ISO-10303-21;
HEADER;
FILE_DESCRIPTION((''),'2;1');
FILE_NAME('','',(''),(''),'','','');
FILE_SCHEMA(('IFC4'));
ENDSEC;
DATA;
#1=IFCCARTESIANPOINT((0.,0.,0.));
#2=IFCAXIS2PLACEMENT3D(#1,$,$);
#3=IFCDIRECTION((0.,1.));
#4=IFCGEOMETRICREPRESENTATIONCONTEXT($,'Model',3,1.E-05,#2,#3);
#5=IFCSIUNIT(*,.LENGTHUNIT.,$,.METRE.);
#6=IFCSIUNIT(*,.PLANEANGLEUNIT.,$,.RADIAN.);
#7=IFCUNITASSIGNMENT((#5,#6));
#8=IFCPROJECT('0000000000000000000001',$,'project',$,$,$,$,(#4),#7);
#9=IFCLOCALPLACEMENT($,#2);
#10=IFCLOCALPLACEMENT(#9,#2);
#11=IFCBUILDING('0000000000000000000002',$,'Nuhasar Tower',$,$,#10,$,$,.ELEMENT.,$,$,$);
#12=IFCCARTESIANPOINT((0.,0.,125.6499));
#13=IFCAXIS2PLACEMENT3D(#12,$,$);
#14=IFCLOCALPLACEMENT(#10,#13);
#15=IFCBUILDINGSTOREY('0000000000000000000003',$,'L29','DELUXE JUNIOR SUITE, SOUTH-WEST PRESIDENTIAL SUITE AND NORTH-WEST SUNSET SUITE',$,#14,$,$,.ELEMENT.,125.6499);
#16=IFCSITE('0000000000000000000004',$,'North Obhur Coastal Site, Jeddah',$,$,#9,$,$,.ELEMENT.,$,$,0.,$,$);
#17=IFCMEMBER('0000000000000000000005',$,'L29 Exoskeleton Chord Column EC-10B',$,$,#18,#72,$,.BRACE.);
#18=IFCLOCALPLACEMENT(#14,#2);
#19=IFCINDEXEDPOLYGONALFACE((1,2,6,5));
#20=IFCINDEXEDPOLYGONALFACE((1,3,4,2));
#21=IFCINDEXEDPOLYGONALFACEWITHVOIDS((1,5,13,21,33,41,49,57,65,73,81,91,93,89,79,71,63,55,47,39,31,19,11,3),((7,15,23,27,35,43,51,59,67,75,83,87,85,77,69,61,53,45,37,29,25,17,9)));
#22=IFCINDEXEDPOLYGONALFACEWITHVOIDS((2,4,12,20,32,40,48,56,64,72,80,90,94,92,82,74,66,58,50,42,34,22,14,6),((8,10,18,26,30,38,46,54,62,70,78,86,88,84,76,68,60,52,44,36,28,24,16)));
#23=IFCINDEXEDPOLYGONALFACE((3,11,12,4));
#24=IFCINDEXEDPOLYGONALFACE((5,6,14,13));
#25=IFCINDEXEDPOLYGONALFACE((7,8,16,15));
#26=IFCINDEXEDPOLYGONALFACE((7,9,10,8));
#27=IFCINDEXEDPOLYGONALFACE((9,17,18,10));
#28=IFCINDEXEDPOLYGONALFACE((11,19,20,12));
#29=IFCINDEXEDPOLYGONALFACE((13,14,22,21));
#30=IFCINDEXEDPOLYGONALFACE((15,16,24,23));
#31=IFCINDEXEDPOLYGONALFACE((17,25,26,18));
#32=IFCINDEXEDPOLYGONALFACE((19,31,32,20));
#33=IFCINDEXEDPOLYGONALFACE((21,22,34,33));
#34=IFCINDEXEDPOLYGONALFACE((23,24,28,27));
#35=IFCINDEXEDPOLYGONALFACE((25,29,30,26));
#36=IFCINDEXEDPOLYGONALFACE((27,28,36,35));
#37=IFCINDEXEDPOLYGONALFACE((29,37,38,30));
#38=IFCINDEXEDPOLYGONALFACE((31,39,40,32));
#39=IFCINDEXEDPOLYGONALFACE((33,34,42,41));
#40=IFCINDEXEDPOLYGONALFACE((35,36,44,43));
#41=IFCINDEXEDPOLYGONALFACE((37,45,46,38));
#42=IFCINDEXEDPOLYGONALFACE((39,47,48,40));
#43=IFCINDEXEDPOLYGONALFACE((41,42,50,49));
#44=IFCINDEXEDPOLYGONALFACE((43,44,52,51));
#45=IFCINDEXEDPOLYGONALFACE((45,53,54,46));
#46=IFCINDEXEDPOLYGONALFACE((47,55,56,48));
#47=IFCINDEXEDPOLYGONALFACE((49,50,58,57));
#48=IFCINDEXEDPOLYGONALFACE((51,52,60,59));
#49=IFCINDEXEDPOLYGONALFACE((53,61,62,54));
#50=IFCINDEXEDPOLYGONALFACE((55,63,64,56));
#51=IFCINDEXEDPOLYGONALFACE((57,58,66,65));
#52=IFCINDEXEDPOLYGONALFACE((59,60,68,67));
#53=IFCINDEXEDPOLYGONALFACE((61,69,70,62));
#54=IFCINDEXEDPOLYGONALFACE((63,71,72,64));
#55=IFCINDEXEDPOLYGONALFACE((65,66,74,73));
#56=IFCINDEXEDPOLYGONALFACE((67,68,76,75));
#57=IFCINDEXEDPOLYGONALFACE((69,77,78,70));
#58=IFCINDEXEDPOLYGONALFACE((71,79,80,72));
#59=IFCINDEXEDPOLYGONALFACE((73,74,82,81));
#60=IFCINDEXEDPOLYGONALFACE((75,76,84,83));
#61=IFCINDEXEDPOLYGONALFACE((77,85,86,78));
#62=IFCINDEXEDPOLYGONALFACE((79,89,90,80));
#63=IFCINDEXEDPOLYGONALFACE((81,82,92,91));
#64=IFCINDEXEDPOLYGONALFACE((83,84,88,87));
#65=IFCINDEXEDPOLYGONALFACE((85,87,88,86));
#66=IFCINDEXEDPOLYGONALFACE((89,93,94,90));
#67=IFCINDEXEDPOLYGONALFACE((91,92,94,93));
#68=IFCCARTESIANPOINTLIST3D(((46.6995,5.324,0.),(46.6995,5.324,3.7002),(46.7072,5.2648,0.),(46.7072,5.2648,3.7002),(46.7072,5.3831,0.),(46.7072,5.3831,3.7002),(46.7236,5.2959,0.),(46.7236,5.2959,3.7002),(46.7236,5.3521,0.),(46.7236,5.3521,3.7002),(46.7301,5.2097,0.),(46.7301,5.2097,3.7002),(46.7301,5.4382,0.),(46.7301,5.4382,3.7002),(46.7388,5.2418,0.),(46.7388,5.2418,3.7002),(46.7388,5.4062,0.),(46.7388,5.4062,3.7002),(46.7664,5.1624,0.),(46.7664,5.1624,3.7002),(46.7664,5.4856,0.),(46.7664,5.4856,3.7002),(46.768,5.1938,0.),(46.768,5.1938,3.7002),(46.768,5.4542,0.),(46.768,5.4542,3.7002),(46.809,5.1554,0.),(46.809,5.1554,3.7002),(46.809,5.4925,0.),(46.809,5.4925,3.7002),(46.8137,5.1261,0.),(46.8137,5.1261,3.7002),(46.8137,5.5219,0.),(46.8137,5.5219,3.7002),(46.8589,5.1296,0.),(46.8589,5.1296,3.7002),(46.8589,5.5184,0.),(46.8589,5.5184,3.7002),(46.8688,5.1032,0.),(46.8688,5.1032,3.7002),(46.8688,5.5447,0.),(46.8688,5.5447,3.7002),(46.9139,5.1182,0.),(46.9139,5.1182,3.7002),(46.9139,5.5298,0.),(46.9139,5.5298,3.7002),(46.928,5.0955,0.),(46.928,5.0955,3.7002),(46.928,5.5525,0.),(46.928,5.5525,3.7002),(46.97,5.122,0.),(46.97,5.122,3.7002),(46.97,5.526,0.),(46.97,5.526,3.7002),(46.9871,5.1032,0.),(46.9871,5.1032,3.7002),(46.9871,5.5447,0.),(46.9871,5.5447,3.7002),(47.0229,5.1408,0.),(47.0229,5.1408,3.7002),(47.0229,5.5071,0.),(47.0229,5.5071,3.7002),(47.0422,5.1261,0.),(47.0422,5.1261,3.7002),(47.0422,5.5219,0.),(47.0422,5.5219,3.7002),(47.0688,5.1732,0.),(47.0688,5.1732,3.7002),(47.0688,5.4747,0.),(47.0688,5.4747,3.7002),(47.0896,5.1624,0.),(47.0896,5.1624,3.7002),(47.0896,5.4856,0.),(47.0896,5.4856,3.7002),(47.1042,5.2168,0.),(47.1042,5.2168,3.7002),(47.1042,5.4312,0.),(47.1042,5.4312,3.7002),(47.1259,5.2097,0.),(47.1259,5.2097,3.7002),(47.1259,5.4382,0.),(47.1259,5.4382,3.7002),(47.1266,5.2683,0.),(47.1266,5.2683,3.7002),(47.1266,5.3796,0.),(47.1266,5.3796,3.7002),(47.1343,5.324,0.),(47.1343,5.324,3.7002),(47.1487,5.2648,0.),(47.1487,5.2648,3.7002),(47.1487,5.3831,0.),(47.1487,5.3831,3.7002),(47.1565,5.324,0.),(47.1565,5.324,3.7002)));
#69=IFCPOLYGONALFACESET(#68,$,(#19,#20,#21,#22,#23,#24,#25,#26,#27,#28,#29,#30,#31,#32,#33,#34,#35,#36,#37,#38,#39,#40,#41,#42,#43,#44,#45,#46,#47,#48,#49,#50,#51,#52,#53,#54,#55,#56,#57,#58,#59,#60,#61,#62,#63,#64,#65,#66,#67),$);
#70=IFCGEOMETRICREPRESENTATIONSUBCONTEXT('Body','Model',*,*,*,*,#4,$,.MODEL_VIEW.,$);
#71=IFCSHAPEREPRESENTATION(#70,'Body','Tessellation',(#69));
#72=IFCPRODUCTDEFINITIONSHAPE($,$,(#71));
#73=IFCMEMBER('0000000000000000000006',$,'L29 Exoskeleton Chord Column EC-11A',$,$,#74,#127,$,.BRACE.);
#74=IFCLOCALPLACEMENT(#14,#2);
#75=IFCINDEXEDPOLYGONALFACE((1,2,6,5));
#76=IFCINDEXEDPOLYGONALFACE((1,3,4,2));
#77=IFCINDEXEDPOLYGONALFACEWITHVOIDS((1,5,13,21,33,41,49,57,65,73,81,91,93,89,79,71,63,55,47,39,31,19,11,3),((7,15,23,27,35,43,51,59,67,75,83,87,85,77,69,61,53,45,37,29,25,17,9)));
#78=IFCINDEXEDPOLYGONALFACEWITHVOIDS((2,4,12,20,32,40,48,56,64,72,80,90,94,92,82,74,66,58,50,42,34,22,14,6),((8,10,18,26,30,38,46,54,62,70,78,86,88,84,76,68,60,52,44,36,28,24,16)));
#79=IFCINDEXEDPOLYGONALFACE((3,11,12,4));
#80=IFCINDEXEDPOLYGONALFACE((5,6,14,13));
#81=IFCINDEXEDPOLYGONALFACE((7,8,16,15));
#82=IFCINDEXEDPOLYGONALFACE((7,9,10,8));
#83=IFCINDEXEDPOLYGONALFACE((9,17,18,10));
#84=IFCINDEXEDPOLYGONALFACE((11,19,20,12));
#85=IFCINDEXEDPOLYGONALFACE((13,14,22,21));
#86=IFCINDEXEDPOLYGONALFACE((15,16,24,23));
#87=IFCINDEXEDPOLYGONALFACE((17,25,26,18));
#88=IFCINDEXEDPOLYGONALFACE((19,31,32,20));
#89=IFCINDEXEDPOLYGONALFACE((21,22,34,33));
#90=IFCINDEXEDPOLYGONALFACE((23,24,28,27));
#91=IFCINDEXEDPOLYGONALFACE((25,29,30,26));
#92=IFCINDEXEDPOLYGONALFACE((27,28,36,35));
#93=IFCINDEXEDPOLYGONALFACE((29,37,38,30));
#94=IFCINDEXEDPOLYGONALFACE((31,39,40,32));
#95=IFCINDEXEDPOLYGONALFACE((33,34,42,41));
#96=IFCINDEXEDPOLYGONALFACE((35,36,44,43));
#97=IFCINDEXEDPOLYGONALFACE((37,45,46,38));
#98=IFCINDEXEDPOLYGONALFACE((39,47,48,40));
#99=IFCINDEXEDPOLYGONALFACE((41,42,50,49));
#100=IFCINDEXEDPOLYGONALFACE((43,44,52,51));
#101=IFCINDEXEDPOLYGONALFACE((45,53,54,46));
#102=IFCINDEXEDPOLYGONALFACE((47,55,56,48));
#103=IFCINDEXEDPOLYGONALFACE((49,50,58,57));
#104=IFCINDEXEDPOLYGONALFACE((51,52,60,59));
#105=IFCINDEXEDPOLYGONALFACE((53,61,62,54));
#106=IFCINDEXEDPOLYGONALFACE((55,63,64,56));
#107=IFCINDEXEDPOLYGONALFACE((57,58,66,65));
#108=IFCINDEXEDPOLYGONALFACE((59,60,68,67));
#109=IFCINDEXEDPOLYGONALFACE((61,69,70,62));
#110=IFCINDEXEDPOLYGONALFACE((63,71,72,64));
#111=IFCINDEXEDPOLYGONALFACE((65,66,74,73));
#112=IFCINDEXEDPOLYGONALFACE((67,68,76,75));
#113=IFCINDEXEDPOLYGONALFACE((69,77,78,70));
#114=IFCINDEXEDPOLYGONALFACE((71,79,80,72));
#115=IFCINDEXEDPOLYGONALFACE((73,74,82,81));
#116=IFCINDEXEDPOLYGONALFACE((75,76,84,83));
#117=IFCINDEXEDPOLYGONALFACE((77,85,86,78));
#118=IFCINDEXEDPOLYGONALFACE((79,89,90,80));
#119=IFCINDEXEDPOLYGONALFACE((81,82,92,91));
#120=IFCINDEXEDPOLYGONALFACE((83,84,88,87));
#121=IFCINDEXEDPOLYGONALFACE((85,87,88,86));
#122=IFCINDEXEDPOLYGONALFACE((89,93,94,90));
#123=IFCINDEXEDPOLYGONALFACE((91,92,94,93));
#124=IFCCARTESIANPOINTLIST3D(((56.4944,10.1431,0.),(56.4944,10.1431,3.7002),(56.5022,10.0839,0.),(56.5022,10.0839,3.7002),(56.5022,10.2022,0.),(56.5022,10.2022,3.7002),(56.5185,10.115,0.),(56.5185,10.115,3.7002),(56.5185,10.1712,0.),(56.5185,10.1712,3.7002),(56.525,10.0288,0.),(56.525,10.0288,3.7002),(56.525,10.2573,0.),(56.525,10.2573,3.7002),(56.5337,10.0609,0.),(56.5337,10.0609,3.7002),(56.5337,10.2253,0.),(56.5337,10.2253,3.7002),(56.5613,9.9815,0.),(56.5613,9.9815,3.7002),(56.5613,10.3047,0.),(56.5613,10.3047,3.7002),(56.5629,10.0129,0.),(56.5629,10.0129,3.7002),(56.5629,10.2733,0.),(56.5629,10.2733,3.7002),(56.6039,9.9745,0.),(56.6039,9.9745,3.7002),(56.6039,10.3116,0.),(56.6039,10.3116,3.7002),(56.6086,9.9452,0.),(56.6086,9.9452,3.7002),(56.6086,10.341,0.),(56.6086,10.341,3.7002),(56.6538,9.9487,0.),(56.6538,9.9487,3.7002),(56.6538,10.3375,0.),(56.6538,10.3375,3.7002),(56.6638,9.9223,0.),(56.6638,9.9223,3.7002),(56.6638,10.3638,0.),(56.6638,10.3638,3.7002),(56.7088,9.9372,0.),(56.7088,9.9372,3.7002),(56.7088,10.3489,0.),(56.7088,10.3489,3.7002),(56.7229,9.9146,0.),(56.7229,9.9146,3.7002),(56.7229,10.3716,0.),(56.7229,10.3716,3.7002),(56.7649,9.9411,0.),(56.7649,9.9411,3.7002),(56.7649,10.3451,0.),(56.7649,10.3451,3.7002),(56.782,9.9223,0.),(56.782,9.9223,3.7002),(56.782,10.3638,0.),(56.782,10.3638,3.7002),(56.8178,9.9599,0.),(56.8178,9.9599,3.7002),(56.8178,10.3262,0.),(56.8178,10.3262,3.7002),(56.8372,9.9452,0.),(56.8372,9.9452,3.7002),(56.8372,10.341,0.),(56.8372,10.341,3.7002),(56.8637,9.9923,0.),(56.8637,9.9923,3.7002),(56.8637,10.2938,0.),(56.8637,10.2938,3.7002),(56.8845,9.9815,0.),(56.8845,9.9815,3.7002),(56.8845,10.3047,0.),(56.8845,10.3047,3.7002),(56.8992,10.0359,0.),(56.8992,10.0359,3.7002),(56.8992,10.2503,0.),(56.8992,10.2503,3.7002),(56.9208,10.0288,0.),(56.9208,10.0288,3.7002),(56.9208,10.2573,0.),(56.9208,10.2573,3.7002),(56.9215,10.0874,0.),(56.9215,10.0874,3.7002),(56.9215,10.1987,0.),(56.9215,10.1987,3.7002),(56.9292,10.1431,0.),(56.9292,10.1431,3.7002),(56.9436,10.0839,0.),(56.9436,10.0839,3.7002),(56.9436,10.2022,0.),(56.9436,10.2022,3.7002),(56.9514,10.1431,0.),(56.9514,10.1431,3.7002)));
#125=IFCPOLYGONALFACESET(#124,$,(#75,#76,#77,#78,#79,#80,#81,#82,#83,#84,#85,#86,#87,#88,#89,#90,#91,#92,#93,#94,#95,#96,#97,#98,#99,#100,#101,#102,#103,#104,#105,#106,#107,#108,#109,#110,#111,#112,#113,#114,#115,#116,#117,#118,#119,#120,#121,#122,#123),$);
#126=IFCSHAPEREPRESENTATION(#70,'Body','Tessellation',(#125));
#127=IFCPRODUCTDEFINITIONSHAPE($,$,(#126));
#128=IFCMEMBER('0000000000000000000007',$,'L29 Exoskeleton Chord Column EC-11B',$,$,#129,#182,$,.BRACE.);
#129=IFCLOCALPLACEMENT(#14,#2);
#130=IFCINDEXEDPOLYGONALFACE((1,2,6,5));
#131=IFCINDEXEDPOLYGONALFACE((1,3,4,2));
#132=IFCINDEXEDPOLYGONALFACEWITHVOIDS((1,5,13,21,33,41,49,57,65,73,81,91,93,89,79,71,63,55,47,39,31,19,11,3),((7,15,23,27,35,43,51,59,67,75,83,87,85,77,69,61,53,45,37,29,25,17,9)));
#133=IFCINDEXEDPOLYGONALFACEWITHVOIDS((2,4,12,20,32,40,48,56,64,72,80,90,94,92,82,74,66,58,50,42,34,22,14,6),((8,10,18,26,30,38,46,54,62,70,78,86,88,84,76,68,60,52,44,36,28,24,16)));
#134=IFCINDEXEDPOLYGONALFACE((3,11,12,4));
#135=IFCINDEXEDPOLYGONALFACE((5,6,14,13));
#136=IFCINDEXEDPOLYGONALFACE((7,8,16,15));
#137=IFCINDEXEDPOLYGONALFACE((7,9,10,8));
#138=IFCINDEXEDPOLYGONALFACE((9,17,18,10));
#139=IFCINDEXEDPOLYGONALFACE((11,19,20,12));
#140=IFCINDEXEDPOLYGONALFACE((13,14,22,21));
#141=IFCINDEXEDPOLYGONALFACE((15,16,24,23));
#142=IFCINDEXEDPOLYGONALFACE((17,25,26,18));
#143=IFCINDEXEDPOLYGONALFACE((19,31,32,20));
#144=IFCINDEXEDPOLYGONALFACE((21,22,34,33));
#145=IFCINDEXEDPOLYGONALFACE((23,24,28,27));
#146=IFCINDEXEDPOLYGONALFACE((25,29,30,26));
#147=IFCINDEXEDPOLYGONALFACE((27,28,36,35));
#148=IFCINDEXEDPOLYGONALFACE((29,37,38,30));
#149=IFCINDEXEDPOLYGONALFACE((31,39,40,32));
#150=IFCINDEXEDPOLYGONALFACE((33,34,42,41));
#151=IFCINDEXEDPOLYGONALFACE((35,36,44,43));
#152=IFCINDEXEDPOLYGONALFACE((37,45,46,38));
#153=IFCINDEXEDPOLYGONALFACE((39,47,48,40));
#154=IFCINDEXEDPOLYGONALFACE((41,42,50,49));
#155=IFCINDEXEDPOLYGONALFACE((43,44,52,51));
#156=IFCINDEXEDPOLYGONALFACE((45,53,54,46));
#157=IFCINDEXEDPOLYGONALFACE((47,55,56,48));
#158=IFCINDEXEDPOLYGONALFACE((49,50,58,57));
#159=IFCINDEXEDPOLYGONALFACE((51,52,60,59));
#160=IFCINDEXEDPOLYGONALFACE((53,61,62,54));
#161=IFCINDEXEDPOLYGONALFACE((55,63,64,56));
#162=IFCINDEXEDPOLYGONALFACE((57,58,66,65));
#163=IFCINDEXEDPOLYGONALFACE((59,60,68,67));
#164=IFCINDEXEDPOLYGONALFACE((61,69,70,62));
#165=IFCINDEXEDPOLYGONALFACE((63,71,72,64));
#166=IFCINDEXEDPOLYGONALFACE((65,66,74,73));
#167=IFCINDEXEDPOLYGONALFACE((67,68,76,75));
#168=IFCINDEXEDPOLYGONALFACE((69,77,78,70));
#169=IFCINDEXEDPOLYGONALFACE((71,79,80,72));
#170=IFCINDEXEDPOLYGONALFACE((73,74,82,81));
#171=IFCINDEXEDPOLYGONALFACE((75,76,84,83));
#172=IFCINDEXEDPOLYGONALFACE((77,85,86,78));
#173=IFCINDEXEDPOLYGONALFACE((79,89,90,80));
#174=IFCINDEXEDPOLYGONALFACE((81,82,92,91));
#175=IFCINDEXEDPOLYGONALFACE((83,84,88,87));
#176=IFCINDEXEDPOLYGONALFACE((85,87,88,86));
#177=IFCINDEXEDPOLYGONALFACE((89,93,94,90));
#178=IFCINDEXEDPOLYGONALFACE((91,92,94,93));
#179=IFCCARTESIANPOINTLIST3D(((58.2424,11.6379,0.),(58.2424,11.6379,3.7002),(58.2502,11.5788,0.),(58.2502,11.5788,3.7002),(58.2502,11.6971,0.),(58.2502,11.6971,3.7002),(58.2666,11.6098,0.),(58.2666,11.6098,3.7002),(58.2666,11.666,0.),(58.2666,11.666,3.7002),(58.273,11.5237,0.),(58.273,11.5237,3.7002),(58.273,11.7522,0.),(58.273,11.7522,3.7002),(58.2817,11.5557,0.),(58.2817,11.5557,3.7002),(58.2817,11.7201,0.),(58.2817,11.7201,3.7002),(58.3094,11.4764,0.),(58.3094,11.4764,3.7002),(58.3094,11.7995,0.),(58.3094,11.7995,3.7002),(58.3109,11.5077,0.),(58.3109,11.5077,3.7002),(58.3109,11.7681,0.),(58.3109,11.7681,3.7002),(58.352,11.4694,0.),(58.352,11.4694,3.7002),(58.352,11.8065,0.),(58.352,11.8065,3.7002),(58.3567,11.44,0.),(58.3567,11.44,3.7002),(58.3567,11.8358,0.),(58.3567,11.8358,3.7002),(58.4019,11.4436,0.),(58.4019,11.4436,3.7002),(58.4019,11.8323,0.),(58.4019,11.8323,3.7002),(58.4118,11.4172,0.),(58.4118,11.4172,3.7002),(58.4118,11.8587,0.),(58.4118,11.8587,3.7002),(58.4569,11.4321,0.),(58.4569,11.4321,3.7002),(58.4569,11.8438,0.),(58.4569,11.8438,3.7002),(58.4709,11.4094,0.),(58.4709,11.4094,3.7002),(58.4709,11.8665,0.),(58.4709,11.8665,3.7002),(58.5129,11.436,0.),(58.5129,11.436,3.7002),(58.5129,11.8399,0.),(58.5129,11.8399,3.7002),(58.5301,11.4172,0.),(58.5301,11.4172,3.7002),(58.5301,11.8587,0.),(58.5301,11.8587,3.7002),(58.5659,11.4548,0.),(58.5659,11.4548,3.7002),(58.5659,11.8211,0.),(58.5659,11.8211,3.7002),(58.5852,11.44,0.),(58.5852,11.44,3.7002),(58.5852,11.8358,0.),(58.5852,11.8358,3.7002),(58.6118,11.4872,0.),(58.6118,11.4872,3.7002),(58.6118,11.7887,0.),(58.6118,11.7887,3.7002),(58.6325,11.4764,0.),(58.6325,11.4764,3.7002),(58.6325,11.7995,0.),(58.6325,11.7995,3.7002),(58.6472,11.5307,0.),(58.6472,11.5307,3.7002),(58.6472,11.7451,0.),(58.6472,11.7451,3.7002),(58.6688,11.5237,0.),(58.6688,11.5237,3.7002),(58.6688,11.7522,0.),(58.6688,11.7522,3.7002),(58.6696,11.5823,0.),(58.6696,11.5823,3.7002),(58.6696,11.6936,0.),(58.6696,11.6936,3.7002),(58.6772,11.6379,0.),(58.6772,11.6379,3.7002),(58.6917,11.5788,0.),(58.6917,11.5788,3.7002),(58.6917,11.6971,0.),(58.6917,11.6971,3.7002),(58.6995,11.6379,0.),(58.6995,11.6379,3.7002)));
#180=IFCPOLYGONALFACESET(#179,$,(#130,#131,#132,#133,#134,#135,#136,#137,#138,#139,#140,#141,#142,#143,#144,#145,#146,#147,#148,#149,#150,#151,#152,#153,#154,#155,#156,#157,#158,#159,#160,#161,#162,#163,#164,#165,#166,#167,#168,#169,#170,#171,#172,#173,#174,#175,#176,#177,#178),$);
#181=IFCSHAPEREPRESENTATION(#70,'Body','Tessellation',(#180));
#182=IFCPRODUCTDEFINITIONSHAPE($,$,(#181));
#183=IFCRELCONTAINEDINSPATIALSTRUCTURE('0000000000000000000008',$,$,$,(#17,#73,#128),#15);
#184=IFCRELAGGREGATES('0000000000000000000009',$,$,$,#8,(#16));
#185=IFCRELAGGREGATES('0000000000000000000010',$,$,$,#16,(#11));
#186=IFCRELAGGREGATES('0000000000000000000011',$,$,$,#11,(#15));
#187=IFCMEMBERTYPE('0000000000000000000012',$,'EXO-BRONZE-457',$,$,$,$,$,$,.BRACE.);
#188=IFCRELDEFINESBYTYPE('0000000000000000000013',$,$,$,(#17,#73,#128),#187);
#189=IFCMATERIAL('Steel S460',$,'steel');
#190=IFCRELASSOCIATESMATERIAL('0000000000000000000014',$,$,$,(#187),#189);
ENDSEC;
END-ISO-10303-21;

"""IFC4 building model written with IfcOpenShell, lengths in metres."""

from ifc_helpers import new_model, si_unit, direction, frame, origin, origin_2d, place, context, subcontext, project, spatial, hollow_circle, extrude, material, material_profile, profile_set, type_object, element, save


model = new_model("IFC4")

# Units and contexts
model_context = context("Model", 3, precision=1e-05, world=origin(), true_north=direction((0.0, 1.0)))
body_context = subcontext(model_context, "Body", "Model", "MODEL_VIEW")
ifc_project = project(units=[si_unit("LENGTHUNIT", "METRE"), si_unit("PLANEANGLEUNIT", "RADIAN")], contexts=[model_context])

# Site, building, storey
site_placement = place(None, origin())
site = spatial("IfcSite", under=ifc_project, at=site_placement, Name="North Obhur Coastal Site, Jeddah", CompositionType="ELEMENT", RefElevation=0.0)
building_placement = place(site_placement, origin())
building = spatial("IfcBuilding", under=site, at=building_placement, Name="Nuhasar Tower", CompositionType="ELEMENT")
storey_placement = place(building_placement, frame((0.0, 0.0, 125.6499)))
storey = spatial("IfcBuildingStorey", under=building, at=storey_placement, Name="L29", Description="DELUXE JUNIOR SUITE, SOUTH-WEST PRESIDENTIAL SUITE AND NORTH-WEST SUNSET SUITE", CompositionType="ELEMENT", Elevation=125.6499)

# Members
ifc_material_1 = material(Name="Steel S460", Category="steel")
ifc_material_profile_1 = material_profile(ifc_material_1, hollow_circle(Radius=0.2285, WallThickness=0.0222, at=origin_2d()), Name="HSS457X22.2")
ifc_profile_set_1 = profile_set([ifc_material_profile_1], Name="Steel S460")
member_type_1 = type_object("IfcMemberType", Name="EXO-BRONZE-457", PredefinedType="BRACE", material=ifc_profile_set_1)
for number, where, z_axis, x_axis, name in (
    (1, (46.928, 5.324, 0.0), (0.0, 0.0, 1.0), (1.0, 0.0, 0.0), "L29 Exoskeleton Chord Column EC-10B"),
    (2, (56.7229, 10.1431, 0.0), (0.0, 0.0, 1.0), (1.0, 0.0, 0.0), "L29 Exoskeleton Chord Column EC-11A"),
    (3, (58.4709, 11.6379, 0.0), (0.0, 0.0, 1.0), (1.0, 0.0, 0.0), "L29 Exoskeleton Chord Column EC-11B"),
):
    element("IfcMember", number, at=place(storey_placement, frame(where, z_axis=z_axis, x_axis=x_axis)), inside=storey, type_object=member_type_1, Name=name, PredefinedType="BRACE", context=body_context, shape_type="SweptSolid", body=[
        extrude(hollow_circle(Radius=0.2285, WallThickness=0.0222, at=origin_2d()), origin(), (0.0, 0.0, 1.0), 3.7002),
    ])

save(model, "model.ifc")
